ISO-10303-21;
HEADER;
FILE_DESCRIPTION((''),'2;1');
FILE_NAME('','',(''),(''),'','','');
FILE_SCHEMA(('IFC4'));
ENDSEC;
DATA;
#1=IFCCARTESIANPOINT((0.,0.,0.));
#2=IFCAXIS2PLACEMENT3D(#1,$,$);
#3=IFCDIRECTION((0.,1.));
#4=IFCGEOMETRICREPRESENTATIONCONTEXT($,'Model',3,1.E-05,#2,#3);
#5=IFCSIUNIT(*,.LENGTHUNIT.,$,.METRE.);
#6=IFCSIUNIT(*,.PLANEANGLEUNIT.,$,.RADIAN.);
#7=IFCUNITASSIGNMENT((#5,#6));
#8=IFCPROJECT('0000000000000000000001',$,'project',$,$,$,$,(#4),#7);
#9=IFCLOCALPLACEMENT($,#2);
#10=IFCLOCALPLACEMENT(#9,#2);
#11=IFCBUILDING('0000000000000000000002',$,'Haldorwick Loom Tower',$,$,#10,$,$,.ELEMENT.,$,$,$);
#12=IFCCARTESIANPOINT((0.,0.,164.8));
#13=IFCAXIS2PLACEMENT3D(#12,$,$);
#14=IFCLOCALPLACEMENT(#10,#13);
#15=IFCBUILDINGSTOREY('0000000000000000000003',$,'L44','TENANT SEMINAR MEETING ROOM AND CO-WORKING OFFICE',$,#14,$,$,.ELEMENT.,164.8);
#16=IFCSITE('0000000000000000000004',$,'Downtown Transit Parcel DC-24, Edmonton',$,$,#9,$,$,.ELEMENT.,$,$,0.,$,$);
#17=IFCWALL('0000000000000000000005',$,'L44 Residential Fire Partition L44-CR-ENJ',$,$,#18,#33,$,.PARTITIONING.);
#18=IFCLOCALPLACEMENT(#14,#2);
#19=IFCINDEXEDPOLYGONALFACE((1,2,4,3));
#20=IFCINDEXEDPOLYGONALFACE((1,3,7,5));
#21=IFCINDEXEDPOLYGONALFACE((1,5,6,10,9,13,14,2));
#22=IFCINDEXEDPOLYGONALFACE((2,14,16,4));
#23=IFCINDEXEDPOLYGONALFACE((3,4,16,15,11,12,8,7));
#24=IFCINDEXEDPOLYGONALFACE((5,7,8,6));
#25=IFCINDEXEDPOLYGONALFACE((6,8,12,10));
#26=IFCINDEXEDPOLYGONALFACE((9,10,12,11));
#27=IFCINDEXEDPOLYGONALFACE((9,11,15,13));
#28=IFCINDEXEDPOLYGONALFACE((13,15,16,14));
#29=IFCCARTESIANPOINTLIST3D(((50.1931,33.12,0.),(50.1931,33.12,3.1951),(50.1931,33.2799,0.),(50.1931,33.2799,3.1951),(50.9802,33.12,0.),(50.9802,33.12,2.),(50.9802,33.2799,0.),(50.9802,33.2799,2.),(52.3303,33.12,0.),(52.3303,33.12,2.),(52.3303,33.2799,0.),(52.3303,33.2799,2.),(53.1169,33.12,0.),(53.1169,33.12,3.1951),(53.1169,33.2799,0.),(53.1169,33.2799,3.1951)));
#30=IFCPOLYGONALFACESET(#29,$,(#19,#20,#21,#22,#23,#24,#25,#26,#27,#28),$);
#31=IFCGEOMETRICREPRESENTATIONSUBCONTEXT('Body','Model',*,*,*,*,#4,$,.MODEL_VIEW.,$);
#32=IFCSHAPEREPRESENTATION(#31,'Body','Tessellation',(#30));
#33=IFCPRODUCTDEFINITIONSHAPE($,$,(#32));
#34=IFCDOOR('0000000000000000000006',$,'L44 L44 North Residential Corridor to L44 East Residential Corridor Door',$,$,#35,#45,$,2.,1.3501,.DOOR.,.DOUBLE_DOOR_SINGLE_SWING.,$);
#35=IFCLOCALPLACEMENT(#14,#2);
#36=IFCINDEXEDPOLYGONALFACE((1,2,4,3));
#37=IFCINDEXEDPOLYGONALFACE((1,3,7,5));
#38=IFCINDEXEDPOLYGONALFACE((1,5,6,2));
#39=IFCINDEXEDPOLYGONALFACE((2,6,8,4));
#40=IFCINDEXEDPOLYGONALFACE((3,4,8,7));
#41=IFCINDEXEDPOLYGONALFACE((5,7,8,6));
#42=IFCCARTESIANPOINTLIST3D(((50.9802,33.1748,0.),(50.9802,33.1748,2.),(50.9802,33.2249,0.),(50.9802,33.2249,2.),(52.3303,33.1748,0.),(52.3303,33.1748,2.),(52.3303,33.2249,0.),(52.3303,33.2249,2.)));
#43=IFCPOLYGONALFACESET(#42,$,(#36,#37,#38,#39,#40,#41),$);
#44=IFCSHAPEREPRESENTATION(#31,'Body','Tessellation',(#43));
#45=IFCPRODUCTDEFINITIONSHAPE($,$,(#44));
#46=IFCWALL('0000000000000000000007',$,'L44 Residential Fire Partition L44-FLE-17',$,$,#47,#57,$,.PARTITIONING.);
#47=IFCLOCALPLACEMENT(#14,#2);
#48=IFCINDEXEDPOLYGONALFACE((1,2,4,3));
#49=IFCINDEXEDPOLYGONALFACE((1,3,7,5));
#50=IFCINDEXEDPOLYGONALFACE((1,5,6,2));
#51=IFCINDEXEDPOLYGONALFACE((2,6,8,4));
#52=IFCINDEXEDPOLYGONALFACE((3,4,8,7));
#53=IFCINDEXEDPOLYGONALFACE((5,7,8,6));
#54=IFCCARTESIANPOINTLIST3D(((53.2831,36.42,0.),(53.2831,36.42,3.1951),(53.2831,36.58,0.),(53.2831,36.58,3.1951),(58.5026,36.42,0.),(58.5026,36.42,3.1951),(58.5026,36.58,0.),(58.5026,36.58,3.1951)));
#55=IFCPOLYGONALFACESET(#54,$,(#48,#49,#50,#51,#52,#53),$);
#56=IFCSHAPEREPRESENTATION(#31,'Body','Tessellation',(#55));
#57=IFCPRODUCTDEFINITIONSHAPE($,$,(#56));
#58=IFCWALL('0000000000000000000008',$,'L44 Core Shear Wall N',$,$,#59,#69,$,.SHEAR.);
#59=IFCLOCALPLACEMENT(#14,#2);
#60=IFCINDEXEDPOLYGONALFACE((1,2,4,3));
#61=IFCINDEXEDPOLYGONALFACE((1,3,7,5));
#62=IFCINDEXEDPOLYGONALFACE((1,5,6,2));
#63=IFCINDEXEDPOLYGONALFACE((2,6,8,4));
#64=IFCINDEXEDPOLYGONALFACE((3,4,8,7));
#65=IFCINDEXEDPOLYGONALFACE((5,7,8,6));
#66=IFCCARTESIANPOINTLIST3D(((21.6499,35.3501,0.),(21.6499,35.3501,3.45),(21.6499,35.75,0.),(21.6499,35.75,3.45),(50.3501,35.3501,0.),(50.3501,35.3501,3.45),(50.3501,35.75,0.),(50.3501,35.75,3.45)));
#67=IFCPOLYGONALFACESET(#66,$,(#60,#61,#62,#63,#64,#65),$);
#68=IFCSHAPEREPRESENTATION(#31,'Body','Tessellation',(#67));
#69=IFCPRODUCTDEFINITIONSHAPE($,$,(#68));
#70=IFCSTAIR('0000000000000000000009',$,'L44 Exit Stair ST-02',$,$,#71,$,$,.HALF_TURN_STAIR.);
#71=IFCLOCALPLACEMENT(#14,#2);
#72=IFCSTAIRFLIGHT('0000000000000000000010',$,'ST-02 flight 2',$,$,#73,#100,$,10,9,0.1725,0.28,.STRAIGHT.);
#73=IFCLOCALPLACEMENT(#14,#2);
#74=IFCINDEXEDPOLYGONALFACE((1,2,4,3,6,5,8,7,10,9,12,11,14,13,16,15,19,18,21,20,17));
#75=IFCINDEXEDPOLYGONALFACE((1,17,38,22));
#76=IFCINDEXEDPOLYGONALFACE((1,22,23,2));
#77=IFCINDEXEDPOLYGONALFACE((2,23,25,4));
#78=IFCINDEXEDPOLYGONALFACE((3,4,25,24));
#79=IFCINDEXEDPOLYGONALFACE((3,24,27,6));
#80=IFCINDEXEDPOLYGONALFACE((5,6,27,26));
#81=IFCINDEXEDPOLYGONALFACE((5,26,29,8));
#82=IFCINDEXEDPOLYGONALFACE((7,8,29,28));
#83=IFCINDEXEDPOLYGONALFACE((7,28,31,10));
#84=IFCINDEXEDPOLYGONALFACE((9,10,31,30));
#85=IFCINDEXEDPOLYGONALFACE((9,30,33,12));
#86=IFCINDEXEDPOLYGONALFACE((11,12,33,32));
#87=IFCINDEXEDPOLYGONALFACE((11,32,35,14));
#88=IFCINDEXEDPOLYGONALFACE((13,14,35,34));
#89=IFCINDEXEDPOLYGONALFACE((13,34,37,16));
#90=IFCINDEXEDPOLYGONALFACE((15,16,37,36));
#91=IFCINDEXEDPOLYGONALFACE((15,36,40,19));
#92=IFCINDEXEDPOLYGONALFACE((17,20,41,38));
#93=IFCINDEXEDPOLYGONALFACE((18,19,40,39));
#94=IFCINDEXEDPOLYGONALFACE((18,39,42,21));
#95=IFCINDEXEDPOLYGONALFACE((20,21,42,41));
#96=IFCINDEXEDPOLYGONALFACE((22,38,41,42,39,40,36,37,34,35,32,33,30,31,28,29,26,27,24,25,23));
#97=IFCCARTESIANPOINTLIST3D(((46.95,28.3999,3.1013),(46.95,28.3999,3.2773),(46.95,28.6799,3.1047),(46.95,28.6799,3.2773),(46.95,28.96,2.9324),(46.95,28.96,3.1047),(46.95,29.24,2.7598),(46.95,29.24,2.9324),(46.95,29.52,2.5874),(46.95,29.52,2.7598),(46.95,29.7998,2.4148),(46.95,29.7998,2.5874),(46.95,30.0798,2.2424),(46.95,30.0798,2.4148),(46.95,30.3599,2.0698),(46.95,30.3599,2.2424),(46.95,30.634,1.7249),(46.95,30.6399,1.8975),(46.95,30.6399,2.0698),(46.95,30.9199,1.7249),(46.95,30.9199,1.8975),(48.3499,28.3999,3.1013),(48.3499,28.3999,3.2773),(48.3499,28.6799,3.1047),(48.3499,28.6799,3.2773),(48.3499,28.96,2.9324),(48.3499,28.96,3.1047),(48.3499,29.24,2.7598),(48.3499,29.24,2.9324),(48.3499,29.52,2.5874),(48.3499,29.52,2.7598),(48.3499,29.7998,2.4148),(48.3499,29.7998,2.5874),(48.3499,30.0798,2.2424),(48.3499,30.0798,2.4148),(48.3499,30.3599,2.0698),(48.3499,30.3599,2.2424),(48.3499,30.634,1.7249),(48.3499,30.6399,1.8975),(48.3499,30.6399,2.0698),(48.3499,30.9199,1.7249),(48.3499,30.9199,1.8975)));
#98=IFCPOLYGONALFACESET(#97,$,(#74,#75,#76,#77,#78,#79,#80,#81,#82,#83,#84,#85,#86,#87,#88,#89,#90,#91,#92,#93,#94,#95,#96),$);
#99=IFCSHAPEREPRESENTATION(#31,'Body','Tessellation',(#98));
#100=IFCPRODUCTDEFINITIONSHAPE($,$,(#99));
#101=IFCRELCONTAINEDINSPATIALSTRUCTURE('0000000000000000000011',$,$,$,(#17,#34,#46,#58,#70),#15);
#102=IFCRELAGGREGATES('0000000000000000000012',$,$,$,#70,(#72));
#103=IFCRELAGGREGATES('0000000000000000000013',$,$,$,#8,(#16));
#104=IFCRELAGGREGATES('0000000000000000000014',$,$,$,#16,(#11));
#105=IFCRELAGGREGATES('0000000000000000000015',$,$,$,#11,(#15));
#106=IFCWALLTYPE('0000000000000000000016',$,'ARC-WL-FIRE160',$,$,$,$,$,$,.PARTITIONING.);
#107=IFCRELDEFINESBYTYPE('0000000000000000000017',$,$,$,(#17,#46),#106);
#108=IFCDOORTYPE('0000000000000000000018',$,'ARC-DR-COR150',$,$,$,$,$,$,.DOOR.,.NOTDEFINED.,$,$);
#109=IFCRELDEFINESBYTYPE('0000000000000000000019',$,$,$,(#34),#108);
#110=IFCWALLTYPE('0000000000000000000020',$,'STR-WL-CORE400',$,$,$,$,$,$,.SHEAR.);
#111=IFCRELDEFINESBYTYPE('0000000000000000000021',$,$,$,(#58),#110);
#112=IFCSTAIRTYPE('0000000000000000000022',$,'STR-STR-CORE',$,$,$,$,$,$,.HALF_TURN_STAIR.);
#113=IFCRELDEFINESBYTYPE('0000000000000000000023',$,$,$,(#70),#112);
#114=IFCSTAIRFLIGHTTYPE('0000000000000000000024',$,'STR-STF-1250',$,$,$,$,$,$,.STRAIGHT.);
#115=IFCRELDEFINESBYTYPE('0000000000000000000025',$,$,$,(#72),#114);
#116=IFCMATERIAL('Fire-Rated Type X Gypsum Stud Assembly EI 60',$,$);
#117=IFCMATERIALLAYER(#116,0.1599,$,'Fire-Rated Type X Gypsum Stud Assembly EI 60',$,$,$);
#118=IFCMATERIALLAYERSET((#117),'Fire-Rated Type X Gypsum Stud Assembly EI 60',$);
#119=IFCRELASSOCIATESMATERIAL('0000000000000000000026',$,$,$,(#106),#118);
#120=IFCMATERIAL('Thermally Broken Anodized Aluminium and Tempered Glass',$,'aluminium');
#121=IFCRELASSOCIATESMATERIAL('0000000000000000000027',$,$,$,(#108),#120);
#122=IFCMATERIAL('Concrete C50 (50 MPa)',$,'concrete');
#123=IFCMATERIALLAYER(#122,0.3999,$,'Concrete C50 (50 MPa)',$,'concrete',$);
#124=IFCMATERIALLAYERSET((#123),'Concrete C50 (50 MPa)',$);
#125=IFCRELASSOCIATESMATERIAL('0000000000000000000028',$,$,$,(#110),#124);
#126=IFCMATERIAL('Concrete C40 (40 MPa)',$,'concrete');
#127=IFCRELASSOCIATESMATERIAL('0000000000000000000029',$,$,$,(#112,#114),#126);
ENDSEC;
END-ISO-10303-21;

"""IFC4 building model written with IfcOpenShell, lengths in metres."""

from ifc_helpers import new_model, si_unit, direction, frame, frame_2d, origin, place, context, subcontext, project, spatial, polyline, rectangle, outline, extrude, material, layer, layer_set, type_object, element, fill, aggregate, save


model = new_model("IFC4")

# Units and contexts
model_context = context("Model", 3, precision=1e-05, world=origin(), true_north=direction((0.0, 1.0)))
body_context = subcontext(model_context, "Body", "Model", "MODEL_VIEW")
ifc_project = project(units=[si_unit("LENGTHUNIT", "METRE"), si_unit("PLANEANGLEUNIT", "RADIAN")], contexts=[model_context])

# Site, building, storey
site_placement = place(None, origin())
site = spatial("IfcSite", under=ifc_project, at=site_placement, Name="Downtown Transit Parcel DC-24, Edmonton", CompositionType="ELEMENT", RefElevation=0.0)
building_placement = place(site_placement, origin())
building = spatial("IfcBuilding", under=site, at=building_placement, Name="Haldorwick Loom Tower", CompositionType="ELEMENT")
storey_placement = place(building_placement, frame((0.0, 0.0, 164.8)))
storey = spatial("IfcBuildingStorey", under=building, at=storey_placement, Name="L44", Description="TENANT SEMINAR MEETING ROOM AND CO-WORKING OFFICE", CompositionType="ELEMENT", Elevation=164.8)

# Wall, opening, door
ifc_material_1 = material(Name="Fire-Rated Type X Gypsum Stud Assembly EI 60")
ifc_layer_1 = layer(ifc_material_1, 0.1599, Name="Fire-Rated Type X Gypsum Stud Assembly EI 60")
ifc_layer_set_1 = layer_set([ifc_layer_1], Name="Fire-Rated Type X Gypsum Stud Assembly EI 60")
wall_type_1 = type_object("IfcWallType", Name="ARC-WL-FIRE160", PredefinedType="PARTITIONING", material=ifc_layer_set_1)
wall_1_placement = place(storey_placement, frame((50.1931, 33.2, 0.0), z_axis=(0.0, 0.0, 1.0), x_axis=(1.0, 0.0, 0.0)))
wall_1 = element("IfcWall", 1, at=wall_1_placement, inside=storey, type_object=wall_type_1, Name="L44 Residential Fire Partition L44-CR-ENJ", PredefinedType="PARTITIONING", context=body_context, shape_type="SweptSolid", body=[
    extrude(rectangle(XDim=2.9238, YDim=0.1599, at=frame_2d((1.4619, 0.0))), origin(), (0.0, 0.0, 1.0), 3.1951),
])
opening_1_placement = place(wall_1_placement, frame((0.7871, 0.0, 0.0)))
opening_1 = element("IfcOpeningElement", 2, at=opening_1_placement, cuts=wall_1, PredefinedType="OPENING", context=body_context, shape_type="SweptSolid", body=[
    extrude(rectangle(XDim=1.3501, YDim=2.0, at=frame_2d((0.675, 1.0))), frame((0.0, 0.0898, 0.0), z_axis=(0.0, -1.0, 0.0), x_axis=(1.0, 0.0, 0.0)), (0.0, 0.0, 1.0), 0.1799),
])
ifc_material_2 = material(Name="Thermally Broken Anodized Aluminium and Tempered Glass", Category="aluminium")
door_type = type_object("IfcDoorType", Name="ARC-DR-COR150", OperationType="NOTDEFINED", PredefinedType="DOOR", material=ifc_material_2)
door_placement = place(opening_1_placement, origin())
door = element("IfcDoor", 3, at=door_placement, inside=storey, type_object=door_type, Name="L44 L44 North Residential Corridor to L44 East Residential Corridor Door", OperationType="DOUBLE_DOOR_SINGLE_SWING", OverallHeight=2.0, OverallWidth=1.3501, PredefinedType="DOOR", context=body_context, shape_type="SweptSolid", body=[
    extrude(rectangle(XDim=1.3501, YDim=2.0, at=frame_2d((0.675, 1.0))), frame((0.0, 0.0249, 0.0), z_axis=(0.0, -1.0, 0.0), x_axis=(1.0, 0.0, 0.0)), (0.0, 0.0, 1.0), 0.05),
])
fill(opening_1, door)

# Walls
wall_2_placement = place(storey_placement, frame((53.283, 36.5, 0.0), z_axis=(0.0, 0.0, 1.0), x_axis=(1.0, 0.0, 0.0)))
element("IfcWall", 4, at=wall_2_placement, inside=storey, type_object=wall_type_1, Name="L44 Residential Fire Partition L44-FLE-17", PredefinedType="PARTITIONING", context=body_context, shape_type="SweptSolid", body=[
    extrude(rectangle(XDim=5.2195, YDim=0.1599, at=frame_2d((2.6099, 0.0))), origin(), (0.0, 0.0, 1.0), 3.1951),
])
ifc_material_3 = material(Name="Concrete C50 (50 MPa)", Category="concrete")
ifc_layer_2 = layer(ifc_material_3, 0.3999, Name="Concrete C50 (50 MPa)", Category="concrete")
ifc_layer_set_2 = layer_set([ifc_layer_2], Name="Concrete C50 (50 MPa)")
wall_type_2 = type_object("IfcWallType", Name="STR-WL-CORE400", PredefinedType="SHEAR", material=ifc_layer_set_2)
wall_3_placement = place(storey_placement, frame((50.3501, 35.55, 0.0), z_axis=(0.0, 0.0, 1.0), x_axis=(-1.0, 0.0, 0.0)))
element("IfcWall", 5, at=wall_3_placement, inside=storey, type_object=wall_type_2, Name="L44 Core Shear Wall N", PredefinedType="SHEAR", context=body_context, shape_type="SweptSolid", body=[
    extrude(rectangle(XDim=28.7002, YDim=0.3999, at=frame_2d((14.3501, 0.0))), origin(), (0.0, 0.0, 1.0), 3.45),
])

# Stair, stair flight
ifc_material_4 = material(Name="Concrete C40 (40 MPa)", Category="concrete")
stair_type = type_object("IfcStairType", Name="STR-STR-CORE", PredefinedType="HALF_TURN_STAIR", material=ifc_material_4)
stair_placement = place(storey_placement, origin())
stair = element("IfcStair", 6, at=stair_placement, inside=storey, type_object=stair_type, Name="L44 Exit Stair ST-02", PredefinedType="HALF_TURN_STAIR")
stair_flight_type = type_object("IfcStairFlightType", Name="STR-STF-1250", PredefinedType="STRAIGHT", material=ifc_material_4)
stair_flight_placement = place(storey_placement, frame((47.6499, 30.9199, 1.7249), z_axis=(0.0, 0.0, 1.0), x_axis=(0.0, -1.0, 0.0)))
stair_flight = element("IfcStairFlight", 7, at=stair_flight_placement, type_object=stair_flight_type, Name="ST-02 flight 2", NumberOfRisers=10, NumberOfTreads=9, PredefinedType="STRAIGHT", RiserHeight=0.1725, TreadLength=0.28, context=body_context, shape_type="SweptSolid", body=[
    extrude(outline(polyline([(0.0, 0.0), (0.0, 0.1726), (0.28, 0.1726), (0.28, 0.345), (0.5601, 0.345), (0.5601, 0.5176), (0.8401, 0.5176), (0.8401, 0.6899), (1.1201, 0.6899), (1.1201, 0.8625), (1.3999, 0.8625), (1.3999, 1.0349), (1.6799, 1.0349), (1.6799, 1.2075), (1.96, 1.2075), (1.96, 1.3799), (2.24, 1.3799), (2.24, 1.5525), (2.52, 1.5525), (2.52, 1.7251), (2.52, 1.3765), (0.2859, 0.0), (0.0, 0.0)])), frame((0.0, 0.7, 0.0), z_axis=(0.0, -1.0, 0.0), x_axis=(1.0, 0.0, 0.0)), (0.0, 0.0, 1.0), 1.3999),
])
aggregate(stair, [stair_flight])

save(model, "model.ifc")
